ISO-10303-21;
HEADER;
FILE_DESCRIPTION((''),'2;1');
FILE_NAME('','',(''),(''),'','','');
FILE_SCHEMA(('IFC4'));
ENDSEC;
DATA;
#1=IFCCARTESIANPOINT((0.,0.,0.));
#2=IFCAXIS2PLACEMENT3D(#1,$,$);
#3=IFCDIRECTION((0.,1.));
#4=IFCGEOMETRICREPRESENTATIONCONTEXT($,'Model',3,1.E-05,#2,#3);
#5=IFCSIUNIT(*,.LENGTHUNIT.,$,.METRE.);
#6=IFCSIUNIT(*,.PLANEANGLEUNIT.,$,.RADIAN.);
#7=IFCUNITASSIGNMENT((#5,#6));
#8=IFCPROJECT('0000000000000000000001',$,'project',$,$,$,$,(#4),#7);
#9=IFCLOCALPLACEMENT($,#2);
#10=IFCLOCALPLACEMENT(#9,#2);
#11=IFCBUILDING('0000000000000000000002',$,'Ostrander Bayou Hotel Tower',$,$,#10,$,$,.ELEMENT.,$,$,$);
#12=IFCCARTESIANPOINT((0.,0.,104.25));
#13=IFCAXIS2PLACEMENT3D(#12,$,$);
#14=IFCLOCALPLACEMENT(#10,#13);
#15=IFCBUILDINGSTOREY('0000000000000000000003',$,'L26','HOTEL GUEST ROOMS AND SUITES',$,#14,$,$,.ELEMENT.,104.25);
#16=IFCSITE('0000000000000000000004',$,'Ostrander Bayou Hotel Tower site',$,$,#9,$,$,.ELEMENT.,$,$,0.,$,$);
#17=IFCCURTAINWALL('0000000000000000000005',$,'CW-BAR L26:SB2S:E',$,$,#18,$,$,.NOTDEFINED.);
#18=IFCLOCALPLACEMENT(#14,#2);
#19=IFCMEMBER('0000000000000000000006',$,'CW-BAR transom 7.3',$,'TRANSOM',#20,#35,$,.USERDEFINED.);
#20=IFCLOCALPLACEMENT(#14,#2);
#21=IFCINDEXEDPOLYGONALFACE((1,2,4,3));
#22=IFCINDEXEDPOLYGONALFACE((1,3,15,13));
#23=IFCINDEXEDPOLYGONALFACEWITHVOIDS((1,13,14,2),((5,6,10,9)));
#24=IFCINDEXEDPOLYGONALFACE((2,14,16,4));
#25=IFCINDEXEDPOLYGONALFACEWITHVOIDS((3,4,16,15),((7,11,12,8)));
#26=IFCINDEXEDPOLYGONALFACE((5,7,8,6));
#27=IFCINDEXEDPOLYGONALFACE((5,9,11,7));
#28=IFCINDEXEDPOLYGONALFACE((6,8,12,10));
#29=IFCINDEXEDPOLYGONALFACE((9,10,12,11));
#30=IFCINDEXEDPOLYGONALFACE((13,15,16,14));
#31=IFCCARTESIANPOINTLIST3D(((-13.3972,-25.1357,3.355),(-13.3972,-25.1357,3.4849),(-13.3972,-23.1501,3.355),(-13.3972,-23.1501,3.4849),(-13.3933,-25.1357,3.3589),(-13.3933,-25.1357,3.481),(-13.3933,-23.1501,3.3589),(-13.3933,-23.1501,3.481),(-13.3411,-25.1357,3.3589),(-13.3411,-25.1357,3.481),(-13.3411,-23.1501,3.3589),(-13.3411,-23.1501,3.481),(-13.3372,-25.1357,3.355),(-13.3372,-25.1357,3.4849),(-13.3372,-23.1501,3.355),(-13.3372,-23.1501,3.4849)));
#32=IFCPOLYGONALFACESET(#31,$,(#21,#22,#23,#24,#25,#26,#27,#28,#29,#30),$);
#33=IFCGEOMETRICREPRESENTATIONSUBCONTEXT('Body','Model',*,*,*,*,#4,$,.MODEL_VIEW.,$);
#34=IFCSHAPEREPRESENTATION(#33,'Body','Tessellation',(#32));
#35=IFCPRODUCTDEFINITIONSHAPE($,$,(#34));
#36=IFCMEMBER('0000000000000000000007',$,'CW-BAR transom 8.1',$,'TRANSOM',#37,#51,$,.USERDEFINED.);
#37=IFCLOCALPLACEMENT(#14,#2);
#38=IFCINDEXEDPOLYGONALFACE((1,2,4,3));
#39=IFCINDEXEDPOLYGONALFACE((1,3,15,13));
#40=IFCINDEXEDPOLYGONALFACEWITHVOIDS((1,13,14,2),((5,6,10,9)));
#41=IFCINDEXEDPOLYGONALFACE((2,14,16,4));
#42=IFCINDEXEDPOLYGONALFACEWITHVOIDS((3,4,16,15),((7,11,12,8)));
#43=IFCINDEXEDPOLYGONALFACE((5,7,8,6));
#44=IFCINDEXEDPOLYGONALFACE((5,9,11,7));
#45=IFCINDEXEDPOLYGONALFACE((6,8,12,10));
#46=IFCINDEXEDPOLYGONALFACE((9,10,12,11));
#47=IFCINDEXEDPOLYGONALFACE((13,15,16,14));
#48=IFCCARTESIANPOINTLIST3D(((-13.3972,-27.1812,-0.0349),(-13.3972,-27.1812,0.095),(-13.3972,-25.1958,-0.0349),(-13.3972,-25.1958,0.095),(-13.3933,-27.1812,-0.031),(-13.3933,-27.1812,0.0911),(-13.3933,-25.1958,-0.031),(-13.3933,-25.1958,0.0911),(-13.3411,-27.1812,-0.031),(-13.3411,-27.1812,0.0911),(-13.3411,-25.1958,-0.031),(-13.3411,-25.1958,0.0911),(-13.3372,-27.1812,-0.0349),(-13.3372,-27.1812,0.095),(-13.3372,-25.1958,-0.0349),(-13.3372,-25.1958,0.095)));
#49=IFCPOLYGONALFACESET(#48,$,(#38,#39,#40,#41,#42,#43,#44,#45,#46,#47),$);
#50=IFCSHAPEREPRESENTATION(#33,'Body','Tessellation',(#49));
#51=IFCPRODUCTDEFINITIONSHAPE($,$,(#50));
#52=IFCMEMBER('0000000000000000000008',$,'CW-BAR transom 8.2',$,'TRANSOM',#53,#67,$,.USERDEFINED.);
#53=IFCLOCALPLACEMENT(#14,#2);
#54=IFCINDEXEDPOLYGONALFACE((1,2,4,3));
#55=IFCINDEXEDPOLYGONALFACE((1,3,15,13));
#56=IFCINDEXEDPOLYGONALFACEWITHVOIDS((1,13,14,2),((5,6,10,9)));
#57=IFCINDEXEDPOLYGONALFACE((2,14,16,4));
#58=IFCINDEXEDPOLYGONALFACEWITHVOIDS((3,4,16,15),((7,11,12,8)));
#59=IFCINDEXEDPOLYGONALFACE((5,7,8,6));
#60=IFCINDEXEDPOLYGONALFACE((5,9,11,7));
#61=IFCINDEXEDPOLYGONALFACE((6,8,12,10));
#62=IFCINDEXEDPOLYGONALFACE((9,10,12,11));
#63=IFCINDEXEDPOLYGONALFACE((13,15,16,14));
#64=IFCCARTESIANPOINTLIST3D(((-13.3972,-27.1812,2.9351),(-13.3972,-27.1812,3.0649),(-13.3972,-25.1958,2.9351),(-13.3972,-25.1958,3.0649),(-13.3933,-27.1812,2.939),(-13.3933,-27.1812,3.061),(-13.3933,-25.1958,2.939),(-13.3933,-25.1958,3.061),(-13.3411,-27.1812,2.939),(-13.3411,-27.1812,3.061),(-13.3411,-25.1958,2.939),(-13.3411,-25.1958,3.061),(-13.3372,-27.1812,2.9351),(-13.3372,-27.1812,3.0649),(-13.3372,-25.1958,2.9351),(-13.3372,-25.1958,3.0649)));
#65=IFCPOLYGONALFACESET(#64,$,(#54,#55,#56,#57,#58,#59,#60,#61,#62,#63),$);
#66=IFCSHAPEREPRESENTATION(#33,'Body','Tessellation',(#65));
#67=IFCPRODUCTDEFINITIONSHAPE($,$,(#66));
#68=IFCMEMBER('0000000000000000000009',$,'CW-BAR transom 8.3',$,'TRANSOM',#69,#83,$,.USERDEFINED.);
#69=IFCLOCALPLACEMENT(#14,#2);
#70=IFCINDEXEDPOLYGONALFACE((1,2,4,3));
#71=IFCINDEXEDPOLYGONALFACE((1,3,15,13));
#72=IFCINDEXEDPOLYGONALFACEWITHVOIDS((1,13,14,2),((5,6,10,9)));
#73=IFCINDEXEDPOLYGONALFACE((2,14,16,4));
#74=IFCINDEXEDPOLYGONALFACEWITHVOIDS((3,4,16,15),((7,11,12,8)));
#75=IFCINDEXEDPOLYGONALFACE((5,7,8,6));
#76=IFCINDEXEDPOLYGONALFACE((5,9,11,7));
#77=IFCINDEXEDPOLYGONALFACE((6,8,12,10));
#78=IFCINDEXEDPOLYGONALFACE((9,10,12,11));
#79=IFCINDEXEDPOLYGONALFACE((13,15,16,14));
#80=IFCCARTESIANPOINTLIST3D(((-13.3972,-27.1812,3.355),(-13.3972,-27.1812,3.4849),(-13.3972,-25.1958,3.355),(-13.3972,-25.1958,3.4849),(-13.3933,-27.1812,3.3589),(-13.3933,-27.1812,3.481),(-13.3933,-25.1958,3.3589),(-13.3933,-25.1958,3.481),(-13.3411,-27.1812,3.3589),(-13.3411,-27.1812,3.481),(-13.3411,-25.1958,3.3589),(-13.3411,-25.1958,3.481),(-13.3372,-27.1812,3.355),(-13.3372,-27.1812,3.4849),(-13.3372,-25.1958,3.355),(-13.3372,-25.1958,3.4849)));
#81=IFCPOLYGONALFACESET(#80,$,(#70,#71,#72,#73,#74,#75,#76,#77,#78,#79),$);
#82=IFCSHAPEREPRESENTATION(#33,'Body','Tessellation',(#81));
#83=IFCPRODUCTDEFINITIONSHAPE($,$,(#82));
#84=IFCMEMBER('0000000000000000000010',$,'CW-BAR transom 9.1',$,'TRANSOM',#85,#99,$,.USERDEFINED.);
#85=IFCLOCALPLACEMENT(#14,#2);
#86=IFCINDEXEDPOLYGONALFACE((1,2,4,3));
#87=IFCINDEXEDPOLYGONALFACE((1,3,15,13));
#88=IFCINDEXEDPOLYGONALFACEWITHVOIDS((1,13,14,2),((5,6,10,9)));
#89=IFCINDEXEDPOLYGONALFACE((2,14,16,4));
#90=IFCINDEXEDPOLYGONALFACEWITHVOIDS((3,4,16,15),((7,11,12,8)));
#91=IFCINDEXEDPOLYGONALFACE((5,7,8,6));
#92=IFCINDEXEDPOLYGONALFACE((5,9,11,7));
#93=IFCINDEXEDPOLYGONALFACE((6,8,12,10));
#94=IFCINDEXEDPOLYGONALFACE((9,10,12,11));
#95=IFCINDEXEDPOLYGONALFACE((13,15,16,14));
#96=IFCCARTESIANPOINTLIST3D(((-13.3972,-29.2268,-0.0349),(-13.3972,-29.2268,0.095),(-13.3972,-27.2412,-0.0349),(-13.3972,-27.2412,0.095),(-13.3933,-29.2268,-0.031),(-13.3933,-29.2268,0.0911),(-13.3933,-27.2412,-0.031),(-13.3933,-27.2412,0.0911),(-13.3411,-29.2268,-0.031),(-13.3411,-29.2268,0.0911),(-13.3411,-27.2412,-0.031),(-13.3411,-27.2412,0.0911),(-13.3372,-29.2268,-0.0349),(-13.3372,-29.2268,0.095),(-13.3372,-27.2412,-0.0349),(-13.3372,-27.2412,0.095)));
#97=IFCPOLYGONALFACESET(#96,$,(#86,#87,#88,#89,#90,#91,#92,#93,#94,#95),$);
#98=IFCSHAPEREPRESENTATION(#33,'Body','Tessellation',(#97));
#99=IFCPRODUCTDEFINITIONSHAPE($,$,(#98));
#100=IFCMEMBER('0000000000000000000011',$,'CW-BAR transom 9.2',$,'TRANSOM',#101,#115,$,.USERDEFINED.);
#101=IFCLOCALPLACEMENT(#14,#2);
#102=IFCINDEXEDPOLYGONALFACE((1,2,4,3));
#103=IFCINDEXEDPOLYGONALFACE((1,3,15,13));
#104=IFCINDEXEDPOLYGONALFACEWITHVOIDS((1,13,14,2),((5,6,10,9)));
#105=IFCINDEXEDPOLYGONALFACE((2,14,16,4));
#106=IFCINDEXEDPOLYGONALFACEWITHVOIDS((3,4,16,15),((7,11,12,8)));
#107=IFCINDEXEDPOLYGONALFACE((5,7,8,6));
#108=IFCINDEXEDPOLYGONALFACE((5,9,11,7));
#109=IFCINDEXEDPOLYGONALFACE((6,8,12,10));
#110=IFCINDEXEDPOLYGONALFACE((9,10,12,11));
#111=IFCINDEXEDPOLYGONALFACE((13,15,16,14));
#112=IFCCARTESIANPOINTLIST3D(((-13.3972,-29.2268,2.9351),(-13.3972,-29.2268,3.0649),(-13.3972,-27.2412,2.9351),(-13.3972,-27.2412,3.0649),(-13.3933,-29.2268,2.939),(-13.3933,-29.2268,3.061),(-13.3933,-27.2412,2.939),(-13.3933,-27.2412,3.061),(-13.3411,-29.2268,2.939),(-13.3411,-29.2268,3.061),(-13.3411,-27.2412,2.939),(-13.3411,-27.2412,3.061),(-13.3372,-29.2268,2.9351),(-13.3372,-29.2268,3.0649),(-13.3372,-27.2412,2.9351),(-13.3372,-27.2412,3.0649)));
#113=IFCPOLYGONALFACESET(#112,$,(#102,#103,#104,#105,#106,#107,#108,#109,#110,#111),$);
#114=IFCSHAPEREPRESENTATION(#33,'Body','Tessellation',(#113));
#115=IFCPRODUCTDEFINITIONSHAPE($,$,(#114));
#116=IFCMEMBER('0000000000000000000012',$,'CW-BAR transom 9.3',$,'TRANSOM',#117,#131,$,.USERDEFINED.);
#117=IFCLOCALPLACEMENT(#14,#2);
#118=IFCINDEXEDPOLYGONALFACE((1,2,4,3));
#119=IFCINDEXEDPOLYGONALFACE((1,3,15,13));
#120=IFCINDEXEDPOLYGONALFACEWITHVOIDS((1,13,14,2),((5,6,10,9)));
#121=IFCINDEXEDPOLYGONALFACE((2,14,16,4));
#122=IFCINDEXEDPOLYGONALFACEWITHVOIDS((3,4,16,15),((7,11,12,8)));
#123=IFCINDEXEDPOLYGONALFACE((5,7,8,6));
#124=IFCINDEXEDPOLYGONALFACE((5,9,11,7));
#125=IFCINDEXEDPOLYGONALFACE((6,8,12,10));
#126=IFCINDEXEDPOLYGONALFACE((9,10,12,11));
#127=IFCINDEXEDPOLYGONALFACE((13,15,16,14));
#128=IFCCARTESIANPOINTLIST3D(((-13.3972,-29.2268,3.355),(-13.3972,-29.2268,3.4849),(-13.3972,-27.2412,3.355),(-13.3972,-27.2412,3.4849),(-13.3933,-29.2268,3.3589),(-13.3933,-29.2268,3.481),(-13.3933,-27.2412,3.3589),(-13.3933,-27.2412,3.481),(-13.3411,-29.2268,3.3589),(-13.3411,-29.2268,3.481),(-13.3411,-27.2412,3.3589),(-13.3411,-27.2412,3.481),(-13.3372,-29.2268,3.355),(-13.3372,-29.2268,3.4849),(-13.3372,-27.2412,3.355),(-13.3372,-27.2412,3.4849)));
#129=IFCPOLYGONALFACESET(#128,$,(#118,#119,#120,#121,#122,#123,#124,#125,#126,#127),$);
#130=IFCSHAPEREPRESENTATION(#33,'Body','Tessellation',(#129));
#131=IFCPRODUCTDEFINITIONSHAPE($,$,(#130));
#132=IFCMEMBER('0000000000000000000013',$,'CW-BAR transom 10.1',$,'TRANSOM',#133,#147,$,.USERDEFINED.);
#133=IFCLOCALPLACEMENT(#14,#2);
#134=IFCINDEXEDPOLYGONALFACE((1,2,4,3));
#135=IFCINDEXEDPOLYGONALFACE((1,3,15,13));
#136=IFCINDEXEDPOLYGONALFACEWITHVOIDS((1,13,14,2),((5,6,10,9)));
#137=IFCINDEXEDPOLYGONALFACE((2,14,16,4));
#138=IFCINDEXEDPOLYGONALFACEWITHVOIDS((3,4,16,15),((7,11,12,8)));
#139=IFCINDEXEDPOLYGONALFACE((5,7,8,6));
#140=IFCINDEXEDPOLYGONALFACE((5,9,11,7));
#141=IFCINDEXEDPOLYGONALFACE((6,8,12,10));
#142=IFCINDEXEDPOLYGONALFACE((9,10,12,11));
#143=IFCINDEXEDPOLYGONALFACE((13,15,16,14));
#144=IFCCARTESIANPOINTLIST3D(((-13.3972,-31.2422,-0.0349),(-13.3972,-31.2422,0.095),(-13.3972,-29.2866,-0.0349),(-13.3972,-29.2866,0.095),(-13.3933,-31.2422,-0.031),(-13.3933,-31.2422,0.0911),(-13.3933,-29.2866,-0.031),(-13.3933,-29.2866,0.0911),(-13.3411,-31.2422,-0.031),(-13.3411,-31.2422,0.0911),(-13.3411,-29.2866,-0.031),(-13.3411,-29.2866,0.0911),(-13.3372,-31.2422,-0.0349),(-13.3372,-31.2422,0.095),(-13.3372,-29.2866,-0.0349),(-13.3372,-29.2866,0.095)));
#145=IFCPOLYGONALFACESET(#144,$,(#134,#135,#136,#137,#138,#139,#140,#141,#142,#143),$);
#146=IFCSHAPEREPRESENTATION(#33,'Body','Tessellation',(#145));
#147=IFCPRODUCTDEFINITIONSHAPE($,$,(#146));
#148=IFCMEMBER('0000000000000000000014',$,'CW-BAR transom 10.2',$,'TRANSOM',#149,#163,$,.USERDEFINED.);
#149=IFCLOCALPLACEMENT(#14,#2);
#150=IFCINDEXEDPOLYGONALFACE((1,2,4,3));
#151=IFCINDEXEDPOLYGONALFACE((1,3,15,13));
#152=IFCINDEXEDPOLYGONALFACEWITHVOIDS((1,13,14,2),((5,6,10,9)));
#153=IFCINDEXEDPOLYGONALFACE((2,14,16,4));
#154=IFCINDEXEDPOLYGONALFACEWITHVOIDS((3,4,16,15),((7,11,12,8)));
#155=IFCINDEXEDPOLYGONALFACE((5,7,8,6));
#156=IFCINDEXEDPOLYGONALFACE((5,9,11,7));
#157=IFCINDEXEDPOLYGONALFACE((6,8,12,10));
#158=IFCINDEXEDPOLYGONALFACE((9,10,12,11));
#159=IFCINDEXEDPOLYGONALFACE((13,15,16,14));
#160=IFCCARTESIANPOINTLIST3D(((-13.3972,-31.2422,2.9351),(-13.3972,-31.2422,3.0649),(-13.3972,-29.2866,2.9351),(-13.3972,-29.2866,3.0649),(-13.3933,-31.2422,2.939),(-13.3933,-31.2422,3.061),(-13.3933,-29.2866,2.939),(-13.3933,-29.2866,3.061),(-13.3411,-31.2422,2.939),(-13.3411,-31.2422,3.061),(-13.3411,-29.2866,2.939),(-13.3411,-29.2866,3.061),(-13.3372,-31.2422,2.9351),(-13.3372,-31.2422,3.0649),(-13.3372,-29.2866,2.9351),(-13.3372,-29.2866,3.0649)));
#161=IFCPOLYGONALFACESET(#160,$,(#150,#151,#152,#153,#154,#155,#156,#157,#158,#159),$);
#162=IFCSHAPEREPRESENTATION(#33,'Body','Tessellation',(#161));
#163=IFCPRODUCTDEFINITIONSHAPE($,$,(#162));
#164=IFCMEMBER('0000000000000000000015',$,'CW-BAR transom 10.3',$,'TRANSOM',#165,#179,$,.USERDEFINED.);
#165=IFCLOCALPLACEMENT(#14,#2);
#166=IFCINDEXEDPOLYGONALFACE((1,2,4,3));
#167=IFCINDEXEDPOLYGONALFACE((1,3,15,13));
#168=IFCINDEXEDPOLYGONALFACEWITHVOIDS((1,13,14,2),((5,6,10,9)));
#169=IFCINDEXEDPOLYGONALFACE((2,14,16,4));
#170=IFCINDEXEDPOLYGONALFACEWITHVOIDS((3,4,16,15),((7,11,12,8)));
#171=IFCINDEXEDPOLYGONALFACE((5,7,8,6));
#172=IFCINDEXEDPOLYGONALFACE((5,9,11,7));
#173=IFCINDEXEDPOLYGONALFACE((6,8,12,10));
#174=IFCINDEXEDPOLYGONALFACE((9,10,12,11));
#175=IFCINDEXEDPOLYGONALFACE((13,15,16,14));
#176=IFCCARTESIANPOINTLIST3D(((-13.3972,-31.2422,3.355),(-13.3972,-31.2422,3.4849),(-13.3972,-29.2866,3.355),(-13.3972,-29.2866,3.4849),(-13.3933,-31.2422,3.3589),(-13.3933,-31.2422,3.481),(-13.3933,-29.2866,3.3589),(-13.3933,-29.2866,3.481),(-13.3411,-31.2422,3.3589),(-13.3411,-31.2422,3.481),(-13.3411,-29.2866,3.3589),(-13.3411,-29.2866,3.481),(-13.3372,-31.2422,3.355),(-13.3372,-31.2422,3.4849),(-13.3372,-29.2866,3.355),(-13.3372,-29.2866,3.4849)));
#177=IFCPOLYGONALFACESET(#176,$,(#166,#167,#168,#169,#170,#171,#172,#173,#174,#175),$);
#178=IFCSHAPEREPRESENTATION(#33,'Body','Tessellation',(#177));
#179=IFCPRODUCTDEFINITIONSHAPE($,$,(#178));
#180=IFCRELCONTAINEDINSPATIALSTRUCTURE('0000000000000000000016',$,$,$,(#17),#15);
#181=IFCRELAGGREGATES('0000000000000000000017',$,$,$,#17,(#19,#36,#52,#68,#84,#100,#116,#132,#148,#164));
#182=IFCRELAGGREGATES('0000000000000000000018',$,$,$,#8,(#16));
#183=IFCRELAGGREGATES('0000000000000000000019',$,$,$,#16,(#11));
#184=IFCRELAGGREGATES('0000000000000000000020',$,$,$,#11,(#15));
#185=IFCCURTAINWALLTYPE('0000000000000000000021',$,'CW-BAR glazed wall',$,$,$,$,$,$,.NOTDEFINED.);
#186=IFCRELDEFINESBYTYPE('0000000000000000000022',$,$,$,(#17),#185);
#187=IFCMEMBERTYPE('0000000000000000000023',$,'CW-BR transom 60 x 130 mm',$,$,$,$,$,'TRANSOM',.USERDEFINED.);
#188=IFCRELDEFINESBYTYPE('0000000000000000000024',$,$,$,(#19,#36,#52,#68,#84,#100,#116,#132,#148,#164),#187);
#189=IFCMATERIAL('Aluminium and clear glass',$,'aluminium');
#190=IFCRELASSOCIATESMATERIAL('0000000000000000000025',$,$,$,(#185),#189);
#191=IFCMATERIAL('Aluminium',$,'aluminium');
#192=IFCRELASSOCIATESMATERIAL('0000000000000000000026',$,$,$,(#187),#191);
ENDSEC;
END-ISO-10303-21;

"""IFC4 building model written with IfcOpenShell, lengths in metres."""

from ifc_helpers import new_model, si_unit, direction, frame, origin, origin_2d, place, context, subcontext, project, spatial, hollow_rectangle, extrude, material, material_profile, profile_set, type_object, element, aggregate, save


model = new_model("IFC4")

# Units and contexts
model_context = context("Model", 3, precision=1e-05, world=origin(), true_north=direction((0.0, 1.0)))
body_context = subcontext(model_context, "Body", "Model", "MODEL_VIEW")
ifc_project = project(units=[si_unit("LENGTHUNIT", "METRE"), si_unit("PLANEANGLEUNIT", "RADIAN")], contexts=[model_context])

# Site, building, storey
site_placement = place(None, origin())
site = spatial("IfcSite", under=ifc_project, at=site_placement, Name="Ostrander Bayou Hotel Tower site", CompositionType="ELEMENT", RefElevation=0.0)
building_placement = place(site_placement, origin())
building = spatial("IfcBuilding", under=site, at=building_placement, Name="Ostrander Bayou Hotel Tower", CompositionType="ELEMENT")
storey_placement = place(building_placement, frame((0.0, 0.0, 104.25)))
storey = spatial("IfcBuildingStorey", under=building, at=storey_placement, Name="L26", Description="HOTEL GUEST ROOMS AND SUITES", CompositionType="ELEMENT", Elevation=104.25)

# Curtain wall, members
ifc_material_1 = material(Name="Aluminium and clear glass", Category="aluminium")
curtain_wall_type = type_object("IfcCurtainWallType", Name="CW-BAR glazed wall", PredefinedType="NOTDEFINED", material=ifc_material_1)
curtain_wall_placement = place(storey_placement, origin())
curtain_wall = element("IfcCurtainWall", 1, at=curtain_wall_placement, inside=storey, type_object=curtain_wall_type, Name="CW-BAR L26:SB2S:E", PredefinedType="NOTDEFINED")
ifc_material_2 = material(Name="Aluminium", Category="aluminium")
ifc_material_profile_1 = material_profile(ifc_material_2, hollow_rectangle(XDim=0.0601, YDim=0.1299, WallThickness=0.0039, at=origin_2d()))
ifc_profile_set_1 = profile_set([ifc_material_profile_1], Name="Aluminium")
member_type_1 = type_object("IfcMemberType", Name="CW-BR transom 60 x 130 mm", ElementType="TRANSOM", PredefinedType="USERDEFINED", material=ifc_profile_set_1)
member_1_placement = place(storey_placement, frame((-13.3672, -23.1501, 3.4199), z_axis=(0.0, -1.0, 0.0), x_axis=(1.0, 0.0, 0.0)))
member_1 = element("IfcMember", 2, at=member_1_placement, type_object=member_type_1, Name="CW-BAR transom 7.3", ObjectType="TRANSOM", PredefinedType="USERDEFINED", context=body_context, shape_type="SweptSolid", body=[
    extrude(hollow_rectangle(XDim=0.0601, YDim=0.1299, WallThickness=0.0039, at=origin_2d()), origin(), (0.0, 0.0, 1.0), 1.9856),
])
member_2_placement = place(storey_placement, frame((-13.3672, -25.1958, 0.03), z_axis=(0.0, -1.0, 0.0), x_axis=(1.0, 0.0, 0.0)))
member_2 = element("IfcMember", 3, at=member_2_placement, type_object=member_type_1, Name="CW-BAR transom 8.1", ObjectType="TRANSOM", PredefinedType="USERDEFINED", context=body_context, shape_type="SweptSolid", body=[
    extrude(hollow_rectangle(XDim=0.0601, YDim=0.1299, WallThickness=0.0039, at=origin_2d()), origin(), (0.0, 0.0, 1.0), 1.9854),
])
member_3_placement = place(storey_placement, frame((-13.3672, -25.1958, 3.0), z_axis=(0.0, -1.0, 0.0), x_axis=(1.0, 0.0, 0.0)))
member_3 = element("IfcMember", 4, at=member_3_placement, type_object=member_type_1, Name="CW-BAR transom 8.2", ObjectType="TRANSOM", PredefinedType="USERDEFINED", context=body_context, shape_type="SweptSolid", body=[
    extrude(hollow_rectangle(XDim=0.0601, YDim=0.1299, WallThickness=0.0039, at=origin_2d()), origin(), (0.0, 0.0, 1.0), 1.9854),
])
member_4_placement = place(storey_placement, frame((-13.3672, -25.1958, 3.4199), z_axis=(0.0, -1.0, 0.0), x_axis=(1.0, 0.0, 0.0)))
member_4 = element("IfcMember", 5, at=member_4_placement, type_object=member_type_1, Name="CW-BAR transom 8.3", ObjectType="TRANSOM", PredefinedType="USERDEFINED", context=body_context, shape_type="SweptSolid", body=[
    extrude(hollow_rectangle(XDim=0.0601, YDim=0.1299, WallThickness=0.0039, at=origin_2d()), origin(), (0.0, 0.0, 1.0), 1.9854),
])
member_5_placement = place(storey_placement, frame((-13.3672, -27.2412, 0.03), z_axis=(0.0, -1.0, 0.0), x_axis=(1.0, 0.0, 0.0)))
member_5 = element("IfcMember", 6, at=member_5_placement, type_object=member_type_1, Name="CW-BAR transom 9.1", ObjectType="TRANSOM", PredefinedType="USERDEFINED", context=body_context, shape_type="SweptSolid", body=[
    extrude(hollow_rectangle(XDim=0.0601, YDim=0.1299, WallThickness=0.0039, at=origin_2d()), origin(), (0.0, 0.0, 1.0), 1.9856),
])
member_6_placement = place(storey_placement, frame((-13.3672, -27.2412, 3.0), z_axis=(0.0, -1.0, 0.0), x_axis=(1.0, 0.0, 0.0)))
member_6 = element("IfcMember", 7, at=member_6_placement, type_object=member_type_1, Name="CW-BAR transom 9.2", ObjectType="TRANSOM", PredefinedType="USERDEFINED", context=body_context, shape_type="SweptSolid", body=[
    extrude(hollow_rectangle(XDim=0.0601, YDim=0.1299, WallThickness=0.0039, at=origin_2d()), origin(), (0.0, 0.0, 1.0), 1.9856),
])
member_7_placement = place(storey_placement, frame((-13.3672, -27.2412, 3.4199), z_axis=(0.0, -1.0, 0.0), x_axis=(1.0, 0.0, 0.0)))
member_7 = element("IfcMember", 8, at=member_7_placement, type_object=member_type_1, Name="CW-BAR transom 9.3", ObjectType="TRANSOM", PredefinedType="USERDEFINED", context=body_context, shape_type="SweptSolid", body=[
    extrude(hollow_rectangle(XDim=0.0601, YDim=0.1299, WallThickness=0.0039, at=origin_2d()), origin(), (0.0, 0.0, 1.0), 1.9856),
])
member_8_placement = place(storey_placement, frame((-13.3672, -29.2866, 0.03), z_axis=(0.0, -1.0, 0.0), x_axis=(1.0, 0.0, 0.0)))
member_8 = element("IfcMember", 9, at=member_8_placement, type_object=member_type_1, Name="CW-BAR transom 10.1", ObjectType="TRANSOM", PredefinedType="USERDEFINED", context=body_context, shape_type="SweptSolid", body=[
    extrude(hollow_rectangle(XDim=0.0601, YDim=0.1299, WallThickness=0.0039, at=origin_2d()), origin(), (0.0, 0.0, 1.0), 1.9556),
])
member_9_placement = place(storey_placement, frame((-13.3672, -29.2866, 3.0), z_axis=(0.0, -1.0, 0.0), x_axis=(1.0, 0.0, 0.0)))
member_9 = element("IfcMember", 10, at=member_9_placement, type_object=member_type_1, Name="CW-BAR transom 10.2", ObjectType="TRANSOM", PredefinedType="USERDEFINED", context=body_context, shape_type="SweptSolid", body=[
    extrude(hollow_rectangle(XDim=0.0601, YDim=0.1299, WallThickness=0.0039, at=origin_2d()), origin(), (0.0, 0.0, 1.0), 1.9556),
])
member_10_placement = place(storey_placement, frame((-13.3672, -29.2866, 3.4199), z_axis=(0.0, -1.0, 0.0), x_axis=(1.0, 0.0, 0.0)))
member_10 = element("IfcMember", 11, at=member_10_placement, type_object=member_type_1, Name="CW-BAR transom 10.3", ObjectType="TRANSOM", PredefinedType="USERDEFINED", context=body_context, shape_type="SweptSolid", body=[
    extrude(hollow_rectangle(XDim=0.0601, YDim=0.1299, WallThickness=0.0039, at=origin_2d()), origin(), (0.0, 0.0, 1.0), 1.9556),
])

aggregate(curtain_wall, [member_1, member_2, member_3, member_4, member_5, member_6, member_7, member_8, member_9, member_10])

save(model, "model.ifc")
